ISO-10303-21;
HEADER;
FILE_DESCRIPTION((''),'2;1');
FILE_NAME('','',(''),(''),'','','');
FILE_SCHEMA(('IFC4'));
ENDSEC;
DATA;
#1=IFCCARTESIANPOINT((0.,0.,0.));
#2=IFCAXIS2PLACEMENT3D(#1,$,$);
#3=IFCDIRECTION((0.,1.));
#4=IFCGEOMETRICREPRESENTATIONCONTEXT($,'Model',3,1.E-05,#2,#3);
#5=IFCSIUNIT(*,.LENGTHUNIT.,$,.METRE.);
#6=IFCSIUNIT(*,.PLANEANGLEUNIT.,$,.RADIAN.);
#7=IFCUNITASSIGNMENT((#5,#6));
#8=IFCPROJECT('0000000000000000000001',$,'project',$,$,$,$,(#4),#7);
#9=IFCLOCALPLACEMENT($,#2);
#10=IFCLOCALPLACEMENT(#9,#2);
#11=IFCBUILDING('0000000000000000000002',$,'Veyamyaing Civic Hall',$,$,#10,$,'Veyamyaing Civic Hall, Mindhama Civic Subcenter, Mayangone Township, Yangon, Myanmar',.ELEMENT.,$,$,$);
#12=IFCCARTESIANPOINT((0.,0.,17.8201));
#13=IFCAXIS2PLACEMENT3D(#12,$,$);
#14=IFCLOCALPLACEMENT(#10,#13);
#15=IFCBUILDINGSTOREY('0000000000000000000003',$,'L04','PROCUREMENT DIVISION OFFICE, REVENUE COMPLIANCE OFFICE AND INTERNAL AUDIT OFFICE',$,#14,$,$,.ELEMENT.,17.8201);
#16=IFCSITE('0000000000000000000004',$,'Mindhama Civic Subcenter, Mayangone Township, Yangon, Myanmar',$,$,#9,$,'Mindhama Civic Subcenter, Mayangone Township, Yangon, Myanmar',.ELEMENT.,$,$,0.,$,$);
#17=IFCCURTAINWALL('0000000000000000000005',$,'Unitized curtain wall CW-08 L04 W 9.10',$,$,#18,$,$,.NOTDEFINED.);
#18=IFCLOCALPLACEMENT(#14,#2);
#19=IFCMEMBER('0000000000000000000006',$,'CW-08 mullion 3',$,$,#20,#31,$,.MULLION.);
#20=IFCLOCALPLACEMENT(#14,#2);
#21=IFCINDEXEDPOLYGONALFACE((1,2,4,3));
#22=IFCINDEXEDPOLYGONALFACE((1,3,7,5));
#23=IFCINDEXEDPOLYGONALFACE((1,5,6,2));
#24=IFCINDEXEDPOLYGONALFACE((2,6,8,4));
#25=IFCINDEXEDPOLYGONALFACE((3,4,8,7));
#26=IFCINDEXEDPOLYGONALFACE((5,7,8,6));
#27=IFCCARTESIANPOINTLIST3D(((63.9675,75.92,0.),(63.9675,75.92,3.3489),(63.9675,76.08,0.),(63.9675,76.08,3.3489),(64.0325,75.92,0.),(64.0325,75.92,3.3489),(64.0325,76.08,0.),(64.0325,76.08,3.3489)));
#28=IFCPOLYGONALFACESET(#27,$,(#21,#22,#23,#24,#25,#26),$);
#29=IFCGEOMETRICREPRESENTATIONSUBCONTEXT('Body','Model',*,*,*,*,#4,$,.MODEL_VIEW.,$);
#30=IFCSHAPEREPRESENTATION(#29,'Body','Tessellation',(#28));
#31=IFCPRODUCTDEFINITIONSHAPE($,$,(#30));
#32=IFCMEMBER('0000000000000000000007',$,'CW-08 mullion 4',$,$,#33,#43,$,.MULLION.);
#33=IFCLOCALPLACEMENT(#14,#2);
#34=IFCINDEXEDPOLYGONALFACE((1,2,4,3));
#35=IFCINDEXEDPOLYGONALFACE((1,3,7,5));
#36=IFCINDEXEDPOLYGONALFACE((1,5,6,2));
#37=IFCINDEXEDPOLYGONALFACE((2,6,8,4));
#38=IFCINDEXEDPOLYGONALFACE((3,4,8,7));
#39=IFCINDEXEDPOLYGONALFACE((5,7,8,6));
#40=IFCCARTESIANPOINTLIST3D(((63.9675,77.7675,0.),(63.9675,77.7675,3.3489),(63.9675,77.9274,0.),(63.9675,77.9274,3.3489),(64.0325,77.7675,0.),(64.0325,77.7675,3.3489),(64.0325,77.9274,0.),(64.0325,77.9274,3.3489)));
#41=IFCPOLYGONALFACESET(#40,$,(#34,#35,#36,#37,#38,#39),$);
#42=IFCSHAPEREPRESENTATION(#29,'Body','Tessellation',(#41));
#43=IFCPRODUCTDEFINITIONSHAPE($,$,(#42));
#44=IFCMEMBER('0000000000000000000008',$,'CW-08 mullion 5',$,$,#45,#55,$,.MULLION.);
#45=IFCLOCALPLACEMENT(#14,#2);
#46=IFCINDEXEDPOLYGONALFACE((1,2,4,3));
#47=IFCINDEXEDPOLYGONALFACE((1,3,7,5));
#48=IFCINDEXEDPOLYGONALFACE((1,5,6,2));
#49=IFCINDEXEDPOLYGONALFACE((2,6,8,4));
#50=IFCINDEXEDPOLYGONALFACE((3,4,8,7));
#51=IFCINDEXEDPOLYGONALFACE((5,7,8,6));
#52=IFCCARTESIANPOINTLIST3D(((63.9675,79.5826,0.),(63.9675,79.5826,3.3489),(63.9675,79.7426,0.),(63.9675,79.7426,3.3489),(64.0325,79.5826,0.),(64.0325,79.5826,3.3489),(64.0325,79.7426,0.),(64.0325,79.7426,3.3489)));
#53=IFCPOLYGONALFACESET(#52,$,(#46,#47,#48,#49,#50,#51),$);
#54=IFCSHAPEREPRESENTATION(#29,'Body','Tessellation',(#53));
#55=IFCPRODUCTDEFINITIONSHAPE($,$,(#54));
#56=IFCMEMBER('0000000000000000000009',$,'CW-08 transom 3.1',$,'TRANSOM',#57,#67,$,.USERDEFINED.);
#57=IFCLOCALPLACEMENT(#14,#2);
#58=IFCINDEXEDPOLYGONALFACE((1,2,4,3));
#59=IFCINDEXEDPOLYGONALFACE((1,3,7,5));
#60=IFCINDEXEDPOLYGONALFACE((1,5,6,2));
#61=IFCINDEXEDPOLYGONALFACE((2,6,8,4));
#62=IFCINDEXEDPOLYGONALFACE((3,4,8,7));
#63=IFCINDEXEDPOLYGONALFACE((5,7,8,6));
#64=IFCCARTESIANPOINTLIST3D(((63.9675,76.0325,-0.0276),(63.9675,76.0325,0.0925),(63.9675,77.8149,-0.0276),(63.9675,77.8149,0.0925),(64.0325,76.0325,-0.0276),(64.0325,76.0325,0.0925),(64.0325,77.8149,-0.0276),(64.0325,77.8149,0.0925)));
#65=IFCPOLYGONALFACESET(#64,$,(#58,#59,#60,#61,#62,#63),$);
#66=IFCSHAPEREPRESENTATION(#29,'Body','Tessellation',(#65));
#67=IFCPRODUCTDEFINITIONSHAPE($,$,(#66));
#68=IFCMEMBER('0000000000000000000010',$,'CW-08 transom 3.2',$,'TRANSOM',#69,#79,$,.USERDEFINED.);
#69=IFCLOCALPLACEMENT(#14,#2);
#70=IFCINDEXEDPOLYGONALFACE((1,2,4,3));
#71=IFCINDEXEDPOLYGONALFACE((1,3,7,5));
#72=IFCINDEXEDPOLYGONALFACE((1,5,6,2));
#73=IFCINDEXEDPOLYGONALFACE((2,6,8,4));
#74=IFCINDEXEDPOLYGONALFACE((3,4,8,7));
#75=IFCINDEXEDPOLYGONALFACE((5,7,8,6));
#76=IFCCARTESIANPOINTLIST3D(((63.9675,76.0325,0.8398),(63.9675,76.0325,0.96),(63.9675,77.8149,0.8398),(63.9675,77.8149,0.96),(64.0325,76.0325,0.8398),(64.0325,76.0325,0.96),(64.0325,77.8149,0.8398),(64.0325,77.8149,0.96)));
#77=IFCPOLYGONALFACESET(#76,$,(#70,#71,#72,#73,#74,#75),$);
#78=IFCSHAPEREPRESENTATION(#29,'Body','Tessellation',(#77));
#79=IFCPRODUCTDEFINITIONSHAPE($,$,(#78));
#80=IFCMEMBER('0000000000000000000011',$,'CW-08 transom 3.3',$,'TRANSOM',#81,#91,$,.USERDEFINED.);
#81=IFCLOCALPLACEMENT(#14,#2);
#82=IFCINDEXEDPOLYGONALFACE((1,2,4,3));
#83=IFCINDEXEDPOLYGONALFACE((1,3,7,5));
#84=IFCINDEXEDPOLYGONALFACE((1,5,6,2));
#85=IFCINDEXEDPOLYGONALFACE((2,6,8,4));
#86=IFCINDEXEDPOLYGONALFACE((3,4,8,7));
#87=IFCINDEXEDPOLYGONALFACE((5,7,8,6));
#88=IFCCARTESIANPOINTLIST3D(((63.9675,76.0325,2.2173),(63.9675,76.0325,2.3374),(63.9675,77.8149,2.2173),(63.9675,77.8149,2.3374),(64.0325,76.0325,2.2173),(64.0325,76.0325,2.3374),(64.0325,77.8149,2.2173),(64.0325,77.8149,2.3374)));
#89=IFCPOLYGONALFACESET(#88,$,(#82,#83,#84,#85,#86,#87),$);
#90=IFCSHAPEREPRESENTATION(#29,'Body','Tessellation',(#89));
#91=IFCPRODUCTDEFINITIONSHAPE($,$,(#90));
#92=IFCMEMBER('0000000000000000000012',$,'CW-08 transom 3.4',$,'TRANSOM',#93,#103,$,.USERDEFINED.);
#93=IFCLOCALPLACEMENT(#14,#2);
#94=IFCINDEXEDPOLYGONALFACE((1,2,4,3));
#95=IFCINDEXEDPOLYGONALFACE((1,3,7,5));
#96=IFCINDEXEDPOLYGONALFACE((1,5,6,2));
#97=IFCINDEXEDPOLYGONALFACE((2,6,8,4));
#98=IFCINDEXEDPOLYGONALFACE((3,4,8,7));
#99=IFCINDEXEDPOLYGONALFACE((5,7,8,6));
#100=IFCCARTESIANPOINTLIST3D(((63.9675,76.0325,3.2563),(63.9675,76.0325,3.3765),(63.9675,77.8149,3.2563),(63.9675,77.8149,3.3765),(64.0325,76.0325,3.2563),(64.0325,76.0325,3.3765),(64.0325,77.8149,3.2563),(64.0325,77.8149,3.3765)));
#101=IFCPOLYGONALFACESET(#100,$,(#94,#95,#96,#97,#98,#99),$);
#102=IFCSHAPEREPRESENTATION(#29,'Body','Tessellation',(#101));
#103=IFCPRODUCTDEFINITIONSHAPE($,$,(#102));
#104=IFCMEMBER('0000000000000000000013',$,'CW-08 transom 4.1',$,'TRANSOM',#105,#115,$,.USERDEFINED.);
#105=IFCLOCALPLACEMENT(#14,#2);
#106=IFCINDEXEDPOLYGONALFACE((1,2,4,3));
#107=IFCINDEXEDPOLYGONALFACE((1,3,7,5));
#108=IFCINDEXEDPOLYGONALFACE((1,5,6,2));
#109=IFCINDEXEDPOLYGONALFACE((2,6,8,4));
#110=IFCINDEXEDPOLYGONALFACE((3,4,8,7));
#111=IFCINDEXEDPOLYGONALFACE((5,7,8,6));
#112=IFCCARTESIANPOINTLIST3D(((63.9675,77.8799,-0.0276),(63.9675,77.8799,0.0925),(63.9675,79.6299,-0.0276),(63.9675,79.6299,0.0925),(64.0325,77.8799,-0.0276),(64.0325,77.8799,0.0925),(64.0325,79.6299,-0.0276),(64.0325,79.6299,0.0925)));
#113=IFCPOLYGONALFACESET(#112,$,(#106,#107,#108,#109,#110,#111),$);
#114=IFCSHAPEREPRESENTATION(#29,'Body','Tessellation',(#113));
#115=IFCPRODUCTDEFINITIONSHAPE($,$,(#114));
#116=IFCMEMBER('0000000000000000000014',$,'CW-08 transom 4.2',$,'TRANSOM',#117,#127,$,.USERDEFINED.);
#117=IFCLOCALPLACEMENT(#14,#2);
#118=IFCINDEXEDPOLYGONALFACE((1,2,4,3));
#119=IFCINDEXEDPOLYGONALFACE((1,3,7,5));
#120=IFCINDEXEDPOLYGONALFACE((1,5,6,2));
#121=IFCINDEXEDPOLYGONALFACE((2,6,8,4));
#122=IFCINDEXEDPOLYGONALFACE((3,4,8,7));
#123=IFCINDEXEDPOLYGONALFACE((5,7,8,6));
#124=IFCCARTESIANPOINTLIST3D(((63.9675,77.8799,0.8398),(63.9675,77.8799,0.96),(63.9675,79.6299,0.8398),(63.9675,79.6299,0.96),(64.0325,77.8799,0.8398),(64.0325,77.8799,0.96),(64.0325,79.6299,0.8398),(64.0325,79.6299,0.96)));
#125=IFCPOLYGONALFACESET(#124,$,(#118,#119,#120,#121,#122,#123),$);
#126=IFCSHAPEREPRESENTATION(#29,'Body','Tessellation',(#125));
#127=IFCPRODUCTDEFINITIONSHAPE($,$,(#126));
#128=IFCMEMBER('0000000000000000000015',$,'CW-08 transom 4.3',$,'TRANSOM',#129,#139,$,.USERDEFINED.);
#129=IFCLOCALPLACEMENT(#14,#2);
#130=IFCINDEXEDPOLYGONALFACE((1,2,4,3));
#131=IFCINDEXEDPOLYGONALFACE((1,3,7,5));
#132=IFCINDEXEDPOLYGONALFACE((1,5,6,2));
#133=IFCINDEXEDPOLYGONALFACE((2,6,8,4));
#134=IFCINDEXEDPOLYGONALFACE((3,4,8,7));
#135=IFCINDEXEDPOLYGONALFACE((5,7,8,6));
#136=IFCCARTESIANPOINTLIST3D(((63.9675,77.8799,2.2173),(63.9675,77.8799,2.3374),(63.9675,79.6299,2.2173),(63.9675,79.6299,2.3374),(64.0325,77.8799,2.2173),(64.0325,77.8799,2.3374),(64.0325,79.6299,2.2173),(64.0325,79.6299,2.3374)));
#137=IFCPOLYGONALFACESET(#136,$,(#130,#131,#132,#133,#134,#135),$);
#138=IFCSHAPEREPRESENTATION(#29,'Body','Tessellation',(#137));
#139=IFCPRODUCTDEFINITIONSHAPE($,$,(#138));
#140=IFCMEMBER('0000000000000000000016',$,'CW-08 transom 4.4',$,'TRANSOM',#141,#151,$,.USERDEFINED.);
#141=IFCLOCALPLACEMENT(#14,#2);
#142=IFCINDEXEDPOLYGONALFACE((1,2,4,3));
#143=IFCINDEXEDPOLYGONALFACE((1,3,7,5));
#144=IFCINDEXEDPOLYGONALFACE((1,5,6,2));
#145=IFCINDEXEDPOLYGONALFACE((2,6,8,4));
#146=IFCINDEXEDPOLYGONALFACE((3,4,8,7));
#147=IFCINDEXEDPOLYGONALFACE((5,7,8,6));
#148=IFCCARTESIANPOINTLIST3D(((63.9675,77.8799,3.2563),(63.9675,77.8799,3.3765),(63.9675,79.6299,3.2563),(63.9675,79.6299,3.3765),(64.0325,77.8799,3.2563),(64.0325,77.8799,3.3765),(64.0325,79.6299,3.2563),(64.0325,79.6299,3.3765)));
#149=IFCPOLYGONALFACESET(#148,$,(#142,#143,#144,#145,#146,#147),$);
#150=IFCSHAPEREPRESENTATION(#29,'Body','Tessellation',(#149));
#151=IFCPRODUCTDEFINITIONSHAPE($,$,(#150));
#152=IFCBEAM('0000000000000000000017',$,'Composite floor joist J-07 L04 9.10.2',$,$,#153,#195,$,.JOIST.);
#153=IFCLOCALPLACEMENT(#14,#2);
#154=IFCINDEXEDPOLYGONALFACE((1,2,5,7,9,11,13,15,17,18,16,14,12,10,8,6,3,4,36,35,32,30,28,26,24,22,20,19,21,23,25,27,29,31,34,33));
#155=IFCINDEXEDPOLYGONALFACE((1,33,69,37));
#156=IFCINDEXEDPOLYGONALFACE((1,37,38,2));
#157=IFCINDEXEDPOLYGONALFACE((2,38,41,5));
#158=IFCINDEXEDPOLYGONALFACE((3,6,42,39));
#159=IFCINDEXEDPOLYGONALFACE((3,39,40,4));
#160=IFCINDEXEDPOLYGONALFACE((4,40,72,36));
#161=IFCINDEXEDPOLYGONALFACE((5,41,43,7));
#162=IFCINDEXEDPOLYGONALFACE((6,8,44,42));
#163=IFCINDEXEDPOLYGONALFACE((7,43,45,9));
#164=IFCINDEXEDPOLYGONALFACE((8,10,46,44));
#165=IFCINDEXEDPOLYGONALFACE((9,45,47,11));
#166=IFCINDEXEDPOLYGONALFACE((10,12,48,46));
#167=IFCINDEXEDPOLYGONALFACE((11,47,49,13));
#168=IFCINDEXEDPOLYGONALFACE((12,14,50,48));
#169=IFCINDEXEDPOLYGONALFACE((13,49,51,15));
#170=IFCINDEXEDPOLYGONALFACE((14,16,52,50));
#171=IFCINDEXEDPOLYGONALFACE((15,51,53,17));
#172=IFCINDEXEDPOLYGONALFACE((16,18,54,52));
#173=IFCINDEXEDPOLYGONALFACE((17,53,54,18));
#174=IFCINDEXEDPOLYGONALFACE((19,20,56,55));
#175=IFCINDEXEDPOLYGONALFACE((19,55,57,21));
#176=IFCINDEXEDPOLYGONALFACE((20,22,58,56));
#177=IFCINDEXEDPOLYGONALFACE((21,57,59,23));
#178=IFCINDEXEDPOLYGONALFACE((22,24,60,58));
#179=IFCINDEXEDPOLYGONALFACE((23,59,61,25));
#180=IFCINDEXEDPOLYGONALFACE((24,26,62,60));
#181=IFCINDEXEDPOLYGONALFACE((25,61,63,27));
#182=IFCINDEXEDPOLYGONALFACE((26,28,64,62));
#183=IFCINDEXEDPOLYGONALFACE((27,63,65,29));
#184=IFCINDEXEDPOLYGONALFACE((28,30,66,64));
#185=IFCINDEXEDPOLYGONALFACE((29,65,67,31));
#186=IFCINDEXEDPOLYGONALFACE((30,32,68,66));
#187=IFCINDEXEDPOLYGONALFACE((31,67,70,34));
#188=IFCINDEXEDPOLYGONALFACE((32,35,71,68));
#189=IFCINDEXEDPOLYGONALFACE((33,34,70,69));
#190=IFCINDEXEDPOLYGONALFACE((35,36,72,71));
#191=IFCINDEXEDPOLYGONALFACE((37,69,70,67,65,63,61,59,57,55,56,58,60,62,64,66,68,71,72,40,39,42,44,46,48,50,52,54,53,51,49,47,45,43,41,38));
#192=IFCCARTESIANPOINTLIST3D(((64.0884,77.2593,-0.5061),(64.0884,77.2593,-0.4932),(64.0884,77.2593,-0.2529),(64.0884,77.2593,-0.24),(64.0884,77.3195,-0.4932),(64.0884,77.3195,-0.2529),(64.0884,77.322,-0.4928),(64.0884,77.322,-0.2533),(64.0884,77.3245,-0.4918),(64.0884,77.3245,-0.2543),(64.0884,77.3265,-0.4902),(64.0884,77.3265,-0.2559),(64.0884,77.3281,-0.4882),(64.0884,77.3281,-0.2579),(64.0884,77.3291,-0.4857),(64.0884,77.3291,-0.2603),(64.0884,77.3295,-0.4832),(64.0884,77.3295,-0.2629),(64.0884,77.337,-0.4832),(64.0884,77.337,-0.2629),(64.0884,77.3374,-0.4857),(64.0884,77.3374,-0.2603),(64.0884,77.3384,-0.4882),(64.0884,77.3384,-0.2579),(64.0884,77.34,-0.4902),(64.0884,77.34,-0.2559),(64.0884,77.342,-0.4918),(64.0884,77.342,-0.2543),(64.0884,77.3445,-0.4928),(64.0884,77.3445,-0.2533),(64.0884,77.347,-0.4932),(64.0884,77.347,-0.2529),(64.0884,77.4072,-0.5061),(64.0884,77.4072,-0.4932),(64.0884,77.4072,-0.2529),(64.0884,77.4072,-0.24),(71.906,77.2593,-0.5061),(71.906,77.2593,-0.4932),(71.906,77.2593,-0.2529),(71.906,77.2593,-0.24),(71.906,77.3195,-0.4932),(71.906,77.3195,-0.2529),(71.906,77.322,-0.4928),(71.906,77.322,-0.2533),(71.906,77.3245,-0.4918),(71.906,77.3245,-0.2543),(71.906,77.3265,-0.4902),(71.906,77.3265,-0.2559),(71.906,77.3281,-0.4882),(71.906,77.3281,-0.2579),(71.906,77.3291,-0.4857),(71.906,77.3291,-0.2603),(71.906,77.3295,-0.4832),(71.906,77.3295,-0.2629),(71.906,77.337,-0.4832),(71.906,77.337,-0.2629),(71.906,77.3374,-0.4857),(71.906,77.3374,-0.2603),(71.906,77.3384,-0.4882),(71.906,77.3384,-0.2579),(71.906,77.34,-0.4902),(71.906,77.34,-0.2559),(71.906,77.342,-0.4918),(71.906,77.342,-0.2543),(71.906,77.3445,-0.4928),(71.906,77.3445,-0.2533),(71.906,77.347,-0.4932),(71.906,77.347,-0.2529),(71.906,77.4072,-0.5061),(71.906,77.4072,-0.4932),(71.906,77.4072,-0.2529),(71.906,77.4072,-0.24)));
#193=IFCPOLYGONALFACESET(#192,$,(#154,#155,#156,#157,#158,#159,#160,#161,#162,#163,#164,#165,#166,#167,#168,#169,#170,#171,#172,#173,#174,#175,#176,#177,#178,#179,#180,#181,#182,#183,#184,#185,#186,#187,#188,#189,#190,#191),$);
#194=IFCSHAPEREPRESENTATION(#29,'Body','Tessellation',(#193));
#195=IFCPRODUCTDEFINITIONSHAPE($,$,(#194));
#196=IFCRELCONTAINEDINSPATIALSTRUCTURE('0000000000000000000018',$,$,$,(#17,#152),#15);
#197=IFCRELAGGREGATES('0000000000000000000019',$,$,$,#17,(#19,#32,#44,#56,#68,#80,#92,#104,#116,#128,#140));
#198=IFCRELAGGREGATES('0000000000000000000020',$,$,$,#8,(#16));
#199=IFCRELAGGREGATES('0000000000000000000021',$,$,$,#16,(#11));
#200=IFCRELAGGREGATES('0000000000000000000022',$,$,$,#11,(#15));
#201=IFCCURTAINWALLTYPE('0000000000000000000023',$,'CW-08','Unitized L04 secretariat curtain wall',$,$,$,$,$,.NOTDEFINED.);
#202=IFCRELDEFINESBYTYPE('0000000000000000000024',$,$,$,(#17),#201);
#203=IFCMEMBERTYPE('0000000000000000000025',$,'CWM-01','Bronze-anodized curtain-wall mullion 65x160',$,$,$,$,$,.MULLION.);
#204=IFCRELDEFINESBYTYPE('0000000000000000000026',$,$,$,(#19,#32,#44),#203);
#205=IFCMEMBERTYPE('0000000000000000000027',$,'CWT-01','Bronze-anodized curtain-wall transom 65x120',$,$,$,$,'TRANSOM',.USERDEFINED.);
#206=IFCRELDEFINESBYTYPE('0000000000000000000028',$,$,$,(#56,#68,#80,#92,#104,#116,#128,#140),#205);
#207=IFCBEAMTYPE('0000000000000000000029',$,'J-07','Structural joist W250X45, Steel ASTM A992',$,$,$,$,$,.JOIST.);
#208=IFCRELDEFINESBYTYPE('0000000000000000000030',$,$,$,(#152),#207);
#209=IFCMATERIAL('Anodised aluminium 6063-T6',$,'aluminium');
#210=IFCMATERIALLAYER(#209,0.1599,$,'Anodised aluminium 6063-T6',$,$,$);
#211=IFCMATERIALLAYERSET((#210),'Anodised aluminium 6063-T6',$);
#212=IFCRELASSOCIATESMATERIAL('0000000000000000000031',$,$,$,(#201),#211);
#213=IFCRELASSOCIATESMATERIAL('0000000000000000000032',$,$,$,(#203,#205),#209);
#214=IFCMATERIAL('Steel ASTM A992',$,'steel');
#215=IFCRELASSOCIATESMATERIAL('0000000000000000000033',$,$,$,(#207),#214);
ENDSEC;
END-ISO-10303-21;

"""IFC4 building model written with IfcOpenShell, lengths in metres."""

from ifc_helpers import new_model, si_unit, direction, frame, origin, origin_2d, place, context, subcontext, project, spatial, rectangle, i_section, extrude, material, layer, layer_set, material_profile, profile_set, type_object, element, aggregate, save


model = new_model("IFC4")

# Units and contexts
model_context = context("Model", 3, precision=1e-05, world=origin(), true_north=direction((0.0, 1.0)))
body_context = subcontext(model_context, "Body", "Model", "MODEL_VIEW")
ifc_project = project(units=[si_unit("LENGTHUNIT", "METRE"), si_unit("PLANEANGLEUNIT", "RADIAN")], contexts=[model_context])

# Site, building, storey
site_placement = place(None, origin())
site = spatial("IfcSite", under=ifc_project, at=site_placement, Name="Mindhama Civic Subcenter, Mayangone Township, Yangon, Myanmar", LongName="Mindhama Civic Subcenter, Mayangone Township, Yangon, Myanmar", CompositionType="ELEMENT", RefElevation=0.0)
building_placement = place(site_placement, origin())
building = spatial("IfcBuilding", under=site, at=building_placement, Name="Veyamyaing Civic Hall", LongName="Veyamyaing Civic Hall, Mindhama Civic Subcenter, Mayangone Township, Yangon, Myanmar", CompositionType="ELEMENT")
storey_placement = place(building_placement, frame((0.0, 0.0, 17.8201)))
storey = spatial("IfcBuildingStorey", under=building, at=storey_placement, Name="L04", Description="PROCUREMENT DIVISION OFFICE, REVENUE COMPLIANCE OFFICE AND INTERNAL AUDIT OFFICE", CompositionType="ELEMENT", Elevation=17.8201)

# Curtain wall, members
ifc_material_1 = material(Name="Anodised aluminium 6063-T6", Category="aluminium")
ifc_layer_1 = layer(ifc_material_1, 0.1599, Name="Anodised aluminium 6063-T6")
ifc_layer_set_1 = layer_set([ifc_layer_1], Name="Anodised aluminium 6063-T6")
curtain_wall_type = type_object("IfcCurtainWallType", Name="CW-08", Description="Unitized L04 secretariat curtain wall", PredefinedType="NOTDEFINED", material=ifc_layer_set_1)
curtain_wall_placement = place(storey_placement, origin())
curtain_wall = element("IfcCurtainWall", 1, at=curtain_wall_placement, inside=storey, type_object=curtain_wall_type, Name="Unitized curtain wall CW-08 L04 W 9.10", PredefinedType="NOTDEFINED")
ifc_material_profile_1 = material_profile(ifc_material_1, rectangle(XDim=0.0649, YDim=0.1599, at=origin_2d()), Name="ALU-MUL-65X160")
ifc_profile_set_1 = profile_set([ifc_material_profile_1], Name="Anodised aluminium 6063-T6")
member_type_1 = type_object("IfcMemberType", Name="CWM-01", Description="Bronze-anodized curtain-wall mullion 65x160", PredefinedType="MULLION", material=ifc_profile_set_1)
member_1_placement = place(storey_placement, frame((64.0, 76.0, 0.0), z_axis=(0.0, 0.0, 1.0), x_axis=(-1.0, 0.0, 0.0)))
member_1 = element("IfcMember", 2, at=member_1_placement, type_object=member_type_1, Name="CW-08 mullion 3", PredefinedType="MULLION", context=body_context, shape_type="SweptSolid", body=[
    extrude(rectangle(XDim=0.0649, YDim=0.1599, at=origin_2d()), origin(), (0.0, 0.0, 1.0), 3.3489),
])
member_2_placement = place(storey_placement, frame((64.0, 77.8474, 0.0), z_axis=(0.0, 0.0, 1.0), x_axis=(-1.0, 0.0, 0.0)))
member_2 = element("IfcMember", 3, at=member_2_placement, type_object=member_type_1, Name="CW-08 mullion 4", PredefinedType="MULLION", context=body_context, shape_type="SweptSolid", body=[
    extrude(rectangle(XDim=0.0649, YDim=0.1599, at=origin_2d()), origin(), (0.0, 0.0, 1.0), 3.3489),
])
member_3_placement = place(storey_placement, frame((64.0, 79.6626, 0.0), z_axis=(0.0, 0.0, 1.0), x_axis=(-1.0, 0.0, 0.0)))
member_3 = element("IfcMember", 4, at=member_3_placement, type_object=member_type_1, Name="CW-08 mullion 5", PredefinedType="MULLION", context=body_context, shape_type="SweptSolid", body=[
    extrude(rectangle(XDim=0.0649, YDim=0.1599, at=origin_2d()), origin(), (0.0, 0.0, 1.0), 3.3489),
])
ifc_material_profile_2 = material_profile(ifc_material_1, rectangle(XDim=0.0649, YDim=0.1201, at=origin_2d()), Name="ALU-TRN-65X120")
ifc_profile_set_2 = profile_set([ifc_material_profile_2], Name="Anodised aluminium 6063-T6")
member_type_2 = type_object("IfcMemberType", Name="CWT-01", Description="Bronze-anodized curtain-wall transom 65x120", ElementType="TRANSOM", PredefinedType="USERDEFINED", material=ifc_profile_set_2)
member_4_placement = place(storey_placement, frame((64.0, 76.0325, 0.0325), z_axis=(0.0, 1.0, 0.0), x_axis=(-1.0, 0.0, 0.0)))
member_4 = element("IfcMember", 5, at=member_4_placement, type_object=member_type_2, Name="CW-08 transom 3.1", ObjectType="TRANSOM", PredefinedType="USERDEFINED", context=body_context, shape_type="SweptSolid", body=[
    extrude(rectangle(XDim=0.0649, YDim=0.1201, at=origin_2d()), origin(), (0.0, 0.0, 1.0), 1.7825),
])
member_5_placement = place(storey_placement, frame((64.0, 76.0325, 0.8999), z_axis=(0.0, 1.0, 0.0), x_axis=(-1.0, 0.0, 0.0)))
member_5 = element("IfcMember", 6, at=member_5_placement, type_object=member_type_2, Name="CW-08 transom 3.2", ObjectType="TRANSOM", PredefinedType="USERDEFINED", context=body_context, shape_type="SweptSolid", body=[
    extrude(rectangle(XDim=0.0649, YDim=0.1201, at=origin_2d()), origin(), (0.0, 0.0, 1.0), 1.7825),
])
member_6_placement = place(storey_placement, frame((64.0, 76.0325, 2.2773), z_axis=(0.0, 1.0, 0.0), x_axis=(-1.0, 0.0, 0.0)))
member_6 = element("IfcMember", 7, at=member_6_placement, type_object=member_type_2, Name="CW-08 transom 3.3", ObjectType="TRANSOM", PredefinedType="USERDEFINED", context=body_context, shape_type="SweptSolid", body=[
    extrude(rectangle(XDim=0.0649, YDim=0.1201, at=origin_2d()), origin(), (0.0, 0.0, 1.0), 1.7825),
])
member_7_placement = place(storey_placement, frame((64.0, 76.0325, 3.3164), z_axis=(0.0, 1.0, 0.0), x_axis=(-1.0, 0.0, 0.0)))
member_7 = element("IfcMember", 8, at=member_7_placement, type_object=member_type_2, Name="CW-08 transom 3.4", ObjectType="TRANSOM", PredefinedType="USERDEFINED", context=body_context, shape_type="SweptSolid", body=[
    extrude(rectangle(XDim=0.0649, YDim=0.1201, at=origin_2d()), origin(), (0.0, 0.0, 1.0), 1.7825),
])
member_8_placement = place(storey_placement, frame((64.0, 77.8799, 0.0325), z_axis=(0.0, 1.0, 0.0), x_axis=(-1.0, 0.0, 0.0)))
member_8 = element("IfcMember", 9, at=member_8_placement, type_object=member_type_2, Name="CW-08 transom 4.1", ObjectType="TRANSOM", PredefinedType="USERDEFINED", context=body_context, shape_type="SweptSolid", body=[
    extrude(rectangle(XDim=0.0649, YDim=0.1201, at=origin_2d()), origin(), (0.0, 0.0, 1.0), 1.75),
])
member_9_placement = place(storey_placement, frame((64.0, 77.8799, 0.8999), z_axis=(0.0, 1.0, 0.0), x_axis=(-1.0, 0.0, 0.0)))
member_9 = element("IfcMember", 10, at=member_9_placement, type_object=member_type_2, Name="CW-08 transom 4.2", ObjectType="TRANSOM", PredefinedType="USERDEFINED", context=body_context, shape_type="SweptSolid", body=[
    extrude(rectangle(XDim=0.0649, YDim=0.1201, at=origin_2d()), origin(), (0.0, 0.0, 1.0), 1.75),
])
member_10_placement = place(storey_placement, frame((64.0, 77.8799, 2.2773), z_axis=(0.0, 1.0, 0.0), x_axis=(-1.0, 0.0, 0.0)))
member_10 = element("IfcMember", 11, at=member_10_placement, type_object=member_type_2, Name="CW-08 transom 4.3", ObjectType="TRANSOM", PredefinedType="USERDEFINED", context=body_context, shape_type="SweptSolid", body=[
    extrude(rectangle(XDim=0.0649, YDim=0.1201, at=origin_2d()), origin(), (0.0, 0.0, 1.0), 1.75),
])
member_11_placement = place(storey_placement, frame((64.0, 77.8799, 3.3164), z_axis=(0.0, 1.0, 0.0), x_axis=(-1.0, 0.0, 0.0)))
member_11 = element("IfcMember", 12, at=member_11_placement, type_object=member_type_2, Name="CW-08 transom 4.4", ObjectType="TRANSOM", PredefinedType="USERDEFINED", context=body_context, shape_type="SweptSolid", body=[
    extrude(rectangle(XDim=0.0649, YDim=0.1201, at=origin_2d()), origin(), (0.0, 0.0, 1.0), 1.75),
])

# Beam
ifc_material_2 = material(Name="Steel ASTM A992", Category="steel")
ifc_material_profile_3 = material_profile(ifc_material_2, i_section(OverallWidth=0.1479, OverallDepth=0.2661, WebThickness=0.0076, FlangeThickness=0.0129, FilletRadius=0.01, at=origin_2d()), Name="W250X45")
ifc_profile_set_3 = profile_set([ifc_material_profile_3], Name="Steel ASTM A992")
beam_type = type_object("IfcBeamType", Name="J-07", Description="Structural joist W250X45, Steel ASTM A992", PredefinedType="JOIST", material=ifc_profile_set_3)
beam_placement = place(storey_placement, frame((64.0884, 77.3333, -0.373), z_axis=(1.0, 0.0, 0.0), x_axis=(0.0, 1.0, 0.0)))
element("IfcBeam", 13, at=beam_placement, inside=storey, type_object=beam_type, Name="Composite floor joist J-07 L04 9.10.2", PredefinedType="JOIST", context=body_context, shape_type="SweptSolid", body=[
    extrude(i_section(OverallWidth=0.1479, OverallDepth=0.2661, WebThickness=0.0076, FlangeThickness=0.0129, FilletRadius=0.01, at=origin_2d()), origin(), (0.0, 0.0, 1.0), 7.8176),
])

aggregate(curtain_wall, [member_1, member_2, member_3, member_4, member_5, member_6, member_7, member_8, member_9, member_10, member_11])

save(model, "model.ifc")
